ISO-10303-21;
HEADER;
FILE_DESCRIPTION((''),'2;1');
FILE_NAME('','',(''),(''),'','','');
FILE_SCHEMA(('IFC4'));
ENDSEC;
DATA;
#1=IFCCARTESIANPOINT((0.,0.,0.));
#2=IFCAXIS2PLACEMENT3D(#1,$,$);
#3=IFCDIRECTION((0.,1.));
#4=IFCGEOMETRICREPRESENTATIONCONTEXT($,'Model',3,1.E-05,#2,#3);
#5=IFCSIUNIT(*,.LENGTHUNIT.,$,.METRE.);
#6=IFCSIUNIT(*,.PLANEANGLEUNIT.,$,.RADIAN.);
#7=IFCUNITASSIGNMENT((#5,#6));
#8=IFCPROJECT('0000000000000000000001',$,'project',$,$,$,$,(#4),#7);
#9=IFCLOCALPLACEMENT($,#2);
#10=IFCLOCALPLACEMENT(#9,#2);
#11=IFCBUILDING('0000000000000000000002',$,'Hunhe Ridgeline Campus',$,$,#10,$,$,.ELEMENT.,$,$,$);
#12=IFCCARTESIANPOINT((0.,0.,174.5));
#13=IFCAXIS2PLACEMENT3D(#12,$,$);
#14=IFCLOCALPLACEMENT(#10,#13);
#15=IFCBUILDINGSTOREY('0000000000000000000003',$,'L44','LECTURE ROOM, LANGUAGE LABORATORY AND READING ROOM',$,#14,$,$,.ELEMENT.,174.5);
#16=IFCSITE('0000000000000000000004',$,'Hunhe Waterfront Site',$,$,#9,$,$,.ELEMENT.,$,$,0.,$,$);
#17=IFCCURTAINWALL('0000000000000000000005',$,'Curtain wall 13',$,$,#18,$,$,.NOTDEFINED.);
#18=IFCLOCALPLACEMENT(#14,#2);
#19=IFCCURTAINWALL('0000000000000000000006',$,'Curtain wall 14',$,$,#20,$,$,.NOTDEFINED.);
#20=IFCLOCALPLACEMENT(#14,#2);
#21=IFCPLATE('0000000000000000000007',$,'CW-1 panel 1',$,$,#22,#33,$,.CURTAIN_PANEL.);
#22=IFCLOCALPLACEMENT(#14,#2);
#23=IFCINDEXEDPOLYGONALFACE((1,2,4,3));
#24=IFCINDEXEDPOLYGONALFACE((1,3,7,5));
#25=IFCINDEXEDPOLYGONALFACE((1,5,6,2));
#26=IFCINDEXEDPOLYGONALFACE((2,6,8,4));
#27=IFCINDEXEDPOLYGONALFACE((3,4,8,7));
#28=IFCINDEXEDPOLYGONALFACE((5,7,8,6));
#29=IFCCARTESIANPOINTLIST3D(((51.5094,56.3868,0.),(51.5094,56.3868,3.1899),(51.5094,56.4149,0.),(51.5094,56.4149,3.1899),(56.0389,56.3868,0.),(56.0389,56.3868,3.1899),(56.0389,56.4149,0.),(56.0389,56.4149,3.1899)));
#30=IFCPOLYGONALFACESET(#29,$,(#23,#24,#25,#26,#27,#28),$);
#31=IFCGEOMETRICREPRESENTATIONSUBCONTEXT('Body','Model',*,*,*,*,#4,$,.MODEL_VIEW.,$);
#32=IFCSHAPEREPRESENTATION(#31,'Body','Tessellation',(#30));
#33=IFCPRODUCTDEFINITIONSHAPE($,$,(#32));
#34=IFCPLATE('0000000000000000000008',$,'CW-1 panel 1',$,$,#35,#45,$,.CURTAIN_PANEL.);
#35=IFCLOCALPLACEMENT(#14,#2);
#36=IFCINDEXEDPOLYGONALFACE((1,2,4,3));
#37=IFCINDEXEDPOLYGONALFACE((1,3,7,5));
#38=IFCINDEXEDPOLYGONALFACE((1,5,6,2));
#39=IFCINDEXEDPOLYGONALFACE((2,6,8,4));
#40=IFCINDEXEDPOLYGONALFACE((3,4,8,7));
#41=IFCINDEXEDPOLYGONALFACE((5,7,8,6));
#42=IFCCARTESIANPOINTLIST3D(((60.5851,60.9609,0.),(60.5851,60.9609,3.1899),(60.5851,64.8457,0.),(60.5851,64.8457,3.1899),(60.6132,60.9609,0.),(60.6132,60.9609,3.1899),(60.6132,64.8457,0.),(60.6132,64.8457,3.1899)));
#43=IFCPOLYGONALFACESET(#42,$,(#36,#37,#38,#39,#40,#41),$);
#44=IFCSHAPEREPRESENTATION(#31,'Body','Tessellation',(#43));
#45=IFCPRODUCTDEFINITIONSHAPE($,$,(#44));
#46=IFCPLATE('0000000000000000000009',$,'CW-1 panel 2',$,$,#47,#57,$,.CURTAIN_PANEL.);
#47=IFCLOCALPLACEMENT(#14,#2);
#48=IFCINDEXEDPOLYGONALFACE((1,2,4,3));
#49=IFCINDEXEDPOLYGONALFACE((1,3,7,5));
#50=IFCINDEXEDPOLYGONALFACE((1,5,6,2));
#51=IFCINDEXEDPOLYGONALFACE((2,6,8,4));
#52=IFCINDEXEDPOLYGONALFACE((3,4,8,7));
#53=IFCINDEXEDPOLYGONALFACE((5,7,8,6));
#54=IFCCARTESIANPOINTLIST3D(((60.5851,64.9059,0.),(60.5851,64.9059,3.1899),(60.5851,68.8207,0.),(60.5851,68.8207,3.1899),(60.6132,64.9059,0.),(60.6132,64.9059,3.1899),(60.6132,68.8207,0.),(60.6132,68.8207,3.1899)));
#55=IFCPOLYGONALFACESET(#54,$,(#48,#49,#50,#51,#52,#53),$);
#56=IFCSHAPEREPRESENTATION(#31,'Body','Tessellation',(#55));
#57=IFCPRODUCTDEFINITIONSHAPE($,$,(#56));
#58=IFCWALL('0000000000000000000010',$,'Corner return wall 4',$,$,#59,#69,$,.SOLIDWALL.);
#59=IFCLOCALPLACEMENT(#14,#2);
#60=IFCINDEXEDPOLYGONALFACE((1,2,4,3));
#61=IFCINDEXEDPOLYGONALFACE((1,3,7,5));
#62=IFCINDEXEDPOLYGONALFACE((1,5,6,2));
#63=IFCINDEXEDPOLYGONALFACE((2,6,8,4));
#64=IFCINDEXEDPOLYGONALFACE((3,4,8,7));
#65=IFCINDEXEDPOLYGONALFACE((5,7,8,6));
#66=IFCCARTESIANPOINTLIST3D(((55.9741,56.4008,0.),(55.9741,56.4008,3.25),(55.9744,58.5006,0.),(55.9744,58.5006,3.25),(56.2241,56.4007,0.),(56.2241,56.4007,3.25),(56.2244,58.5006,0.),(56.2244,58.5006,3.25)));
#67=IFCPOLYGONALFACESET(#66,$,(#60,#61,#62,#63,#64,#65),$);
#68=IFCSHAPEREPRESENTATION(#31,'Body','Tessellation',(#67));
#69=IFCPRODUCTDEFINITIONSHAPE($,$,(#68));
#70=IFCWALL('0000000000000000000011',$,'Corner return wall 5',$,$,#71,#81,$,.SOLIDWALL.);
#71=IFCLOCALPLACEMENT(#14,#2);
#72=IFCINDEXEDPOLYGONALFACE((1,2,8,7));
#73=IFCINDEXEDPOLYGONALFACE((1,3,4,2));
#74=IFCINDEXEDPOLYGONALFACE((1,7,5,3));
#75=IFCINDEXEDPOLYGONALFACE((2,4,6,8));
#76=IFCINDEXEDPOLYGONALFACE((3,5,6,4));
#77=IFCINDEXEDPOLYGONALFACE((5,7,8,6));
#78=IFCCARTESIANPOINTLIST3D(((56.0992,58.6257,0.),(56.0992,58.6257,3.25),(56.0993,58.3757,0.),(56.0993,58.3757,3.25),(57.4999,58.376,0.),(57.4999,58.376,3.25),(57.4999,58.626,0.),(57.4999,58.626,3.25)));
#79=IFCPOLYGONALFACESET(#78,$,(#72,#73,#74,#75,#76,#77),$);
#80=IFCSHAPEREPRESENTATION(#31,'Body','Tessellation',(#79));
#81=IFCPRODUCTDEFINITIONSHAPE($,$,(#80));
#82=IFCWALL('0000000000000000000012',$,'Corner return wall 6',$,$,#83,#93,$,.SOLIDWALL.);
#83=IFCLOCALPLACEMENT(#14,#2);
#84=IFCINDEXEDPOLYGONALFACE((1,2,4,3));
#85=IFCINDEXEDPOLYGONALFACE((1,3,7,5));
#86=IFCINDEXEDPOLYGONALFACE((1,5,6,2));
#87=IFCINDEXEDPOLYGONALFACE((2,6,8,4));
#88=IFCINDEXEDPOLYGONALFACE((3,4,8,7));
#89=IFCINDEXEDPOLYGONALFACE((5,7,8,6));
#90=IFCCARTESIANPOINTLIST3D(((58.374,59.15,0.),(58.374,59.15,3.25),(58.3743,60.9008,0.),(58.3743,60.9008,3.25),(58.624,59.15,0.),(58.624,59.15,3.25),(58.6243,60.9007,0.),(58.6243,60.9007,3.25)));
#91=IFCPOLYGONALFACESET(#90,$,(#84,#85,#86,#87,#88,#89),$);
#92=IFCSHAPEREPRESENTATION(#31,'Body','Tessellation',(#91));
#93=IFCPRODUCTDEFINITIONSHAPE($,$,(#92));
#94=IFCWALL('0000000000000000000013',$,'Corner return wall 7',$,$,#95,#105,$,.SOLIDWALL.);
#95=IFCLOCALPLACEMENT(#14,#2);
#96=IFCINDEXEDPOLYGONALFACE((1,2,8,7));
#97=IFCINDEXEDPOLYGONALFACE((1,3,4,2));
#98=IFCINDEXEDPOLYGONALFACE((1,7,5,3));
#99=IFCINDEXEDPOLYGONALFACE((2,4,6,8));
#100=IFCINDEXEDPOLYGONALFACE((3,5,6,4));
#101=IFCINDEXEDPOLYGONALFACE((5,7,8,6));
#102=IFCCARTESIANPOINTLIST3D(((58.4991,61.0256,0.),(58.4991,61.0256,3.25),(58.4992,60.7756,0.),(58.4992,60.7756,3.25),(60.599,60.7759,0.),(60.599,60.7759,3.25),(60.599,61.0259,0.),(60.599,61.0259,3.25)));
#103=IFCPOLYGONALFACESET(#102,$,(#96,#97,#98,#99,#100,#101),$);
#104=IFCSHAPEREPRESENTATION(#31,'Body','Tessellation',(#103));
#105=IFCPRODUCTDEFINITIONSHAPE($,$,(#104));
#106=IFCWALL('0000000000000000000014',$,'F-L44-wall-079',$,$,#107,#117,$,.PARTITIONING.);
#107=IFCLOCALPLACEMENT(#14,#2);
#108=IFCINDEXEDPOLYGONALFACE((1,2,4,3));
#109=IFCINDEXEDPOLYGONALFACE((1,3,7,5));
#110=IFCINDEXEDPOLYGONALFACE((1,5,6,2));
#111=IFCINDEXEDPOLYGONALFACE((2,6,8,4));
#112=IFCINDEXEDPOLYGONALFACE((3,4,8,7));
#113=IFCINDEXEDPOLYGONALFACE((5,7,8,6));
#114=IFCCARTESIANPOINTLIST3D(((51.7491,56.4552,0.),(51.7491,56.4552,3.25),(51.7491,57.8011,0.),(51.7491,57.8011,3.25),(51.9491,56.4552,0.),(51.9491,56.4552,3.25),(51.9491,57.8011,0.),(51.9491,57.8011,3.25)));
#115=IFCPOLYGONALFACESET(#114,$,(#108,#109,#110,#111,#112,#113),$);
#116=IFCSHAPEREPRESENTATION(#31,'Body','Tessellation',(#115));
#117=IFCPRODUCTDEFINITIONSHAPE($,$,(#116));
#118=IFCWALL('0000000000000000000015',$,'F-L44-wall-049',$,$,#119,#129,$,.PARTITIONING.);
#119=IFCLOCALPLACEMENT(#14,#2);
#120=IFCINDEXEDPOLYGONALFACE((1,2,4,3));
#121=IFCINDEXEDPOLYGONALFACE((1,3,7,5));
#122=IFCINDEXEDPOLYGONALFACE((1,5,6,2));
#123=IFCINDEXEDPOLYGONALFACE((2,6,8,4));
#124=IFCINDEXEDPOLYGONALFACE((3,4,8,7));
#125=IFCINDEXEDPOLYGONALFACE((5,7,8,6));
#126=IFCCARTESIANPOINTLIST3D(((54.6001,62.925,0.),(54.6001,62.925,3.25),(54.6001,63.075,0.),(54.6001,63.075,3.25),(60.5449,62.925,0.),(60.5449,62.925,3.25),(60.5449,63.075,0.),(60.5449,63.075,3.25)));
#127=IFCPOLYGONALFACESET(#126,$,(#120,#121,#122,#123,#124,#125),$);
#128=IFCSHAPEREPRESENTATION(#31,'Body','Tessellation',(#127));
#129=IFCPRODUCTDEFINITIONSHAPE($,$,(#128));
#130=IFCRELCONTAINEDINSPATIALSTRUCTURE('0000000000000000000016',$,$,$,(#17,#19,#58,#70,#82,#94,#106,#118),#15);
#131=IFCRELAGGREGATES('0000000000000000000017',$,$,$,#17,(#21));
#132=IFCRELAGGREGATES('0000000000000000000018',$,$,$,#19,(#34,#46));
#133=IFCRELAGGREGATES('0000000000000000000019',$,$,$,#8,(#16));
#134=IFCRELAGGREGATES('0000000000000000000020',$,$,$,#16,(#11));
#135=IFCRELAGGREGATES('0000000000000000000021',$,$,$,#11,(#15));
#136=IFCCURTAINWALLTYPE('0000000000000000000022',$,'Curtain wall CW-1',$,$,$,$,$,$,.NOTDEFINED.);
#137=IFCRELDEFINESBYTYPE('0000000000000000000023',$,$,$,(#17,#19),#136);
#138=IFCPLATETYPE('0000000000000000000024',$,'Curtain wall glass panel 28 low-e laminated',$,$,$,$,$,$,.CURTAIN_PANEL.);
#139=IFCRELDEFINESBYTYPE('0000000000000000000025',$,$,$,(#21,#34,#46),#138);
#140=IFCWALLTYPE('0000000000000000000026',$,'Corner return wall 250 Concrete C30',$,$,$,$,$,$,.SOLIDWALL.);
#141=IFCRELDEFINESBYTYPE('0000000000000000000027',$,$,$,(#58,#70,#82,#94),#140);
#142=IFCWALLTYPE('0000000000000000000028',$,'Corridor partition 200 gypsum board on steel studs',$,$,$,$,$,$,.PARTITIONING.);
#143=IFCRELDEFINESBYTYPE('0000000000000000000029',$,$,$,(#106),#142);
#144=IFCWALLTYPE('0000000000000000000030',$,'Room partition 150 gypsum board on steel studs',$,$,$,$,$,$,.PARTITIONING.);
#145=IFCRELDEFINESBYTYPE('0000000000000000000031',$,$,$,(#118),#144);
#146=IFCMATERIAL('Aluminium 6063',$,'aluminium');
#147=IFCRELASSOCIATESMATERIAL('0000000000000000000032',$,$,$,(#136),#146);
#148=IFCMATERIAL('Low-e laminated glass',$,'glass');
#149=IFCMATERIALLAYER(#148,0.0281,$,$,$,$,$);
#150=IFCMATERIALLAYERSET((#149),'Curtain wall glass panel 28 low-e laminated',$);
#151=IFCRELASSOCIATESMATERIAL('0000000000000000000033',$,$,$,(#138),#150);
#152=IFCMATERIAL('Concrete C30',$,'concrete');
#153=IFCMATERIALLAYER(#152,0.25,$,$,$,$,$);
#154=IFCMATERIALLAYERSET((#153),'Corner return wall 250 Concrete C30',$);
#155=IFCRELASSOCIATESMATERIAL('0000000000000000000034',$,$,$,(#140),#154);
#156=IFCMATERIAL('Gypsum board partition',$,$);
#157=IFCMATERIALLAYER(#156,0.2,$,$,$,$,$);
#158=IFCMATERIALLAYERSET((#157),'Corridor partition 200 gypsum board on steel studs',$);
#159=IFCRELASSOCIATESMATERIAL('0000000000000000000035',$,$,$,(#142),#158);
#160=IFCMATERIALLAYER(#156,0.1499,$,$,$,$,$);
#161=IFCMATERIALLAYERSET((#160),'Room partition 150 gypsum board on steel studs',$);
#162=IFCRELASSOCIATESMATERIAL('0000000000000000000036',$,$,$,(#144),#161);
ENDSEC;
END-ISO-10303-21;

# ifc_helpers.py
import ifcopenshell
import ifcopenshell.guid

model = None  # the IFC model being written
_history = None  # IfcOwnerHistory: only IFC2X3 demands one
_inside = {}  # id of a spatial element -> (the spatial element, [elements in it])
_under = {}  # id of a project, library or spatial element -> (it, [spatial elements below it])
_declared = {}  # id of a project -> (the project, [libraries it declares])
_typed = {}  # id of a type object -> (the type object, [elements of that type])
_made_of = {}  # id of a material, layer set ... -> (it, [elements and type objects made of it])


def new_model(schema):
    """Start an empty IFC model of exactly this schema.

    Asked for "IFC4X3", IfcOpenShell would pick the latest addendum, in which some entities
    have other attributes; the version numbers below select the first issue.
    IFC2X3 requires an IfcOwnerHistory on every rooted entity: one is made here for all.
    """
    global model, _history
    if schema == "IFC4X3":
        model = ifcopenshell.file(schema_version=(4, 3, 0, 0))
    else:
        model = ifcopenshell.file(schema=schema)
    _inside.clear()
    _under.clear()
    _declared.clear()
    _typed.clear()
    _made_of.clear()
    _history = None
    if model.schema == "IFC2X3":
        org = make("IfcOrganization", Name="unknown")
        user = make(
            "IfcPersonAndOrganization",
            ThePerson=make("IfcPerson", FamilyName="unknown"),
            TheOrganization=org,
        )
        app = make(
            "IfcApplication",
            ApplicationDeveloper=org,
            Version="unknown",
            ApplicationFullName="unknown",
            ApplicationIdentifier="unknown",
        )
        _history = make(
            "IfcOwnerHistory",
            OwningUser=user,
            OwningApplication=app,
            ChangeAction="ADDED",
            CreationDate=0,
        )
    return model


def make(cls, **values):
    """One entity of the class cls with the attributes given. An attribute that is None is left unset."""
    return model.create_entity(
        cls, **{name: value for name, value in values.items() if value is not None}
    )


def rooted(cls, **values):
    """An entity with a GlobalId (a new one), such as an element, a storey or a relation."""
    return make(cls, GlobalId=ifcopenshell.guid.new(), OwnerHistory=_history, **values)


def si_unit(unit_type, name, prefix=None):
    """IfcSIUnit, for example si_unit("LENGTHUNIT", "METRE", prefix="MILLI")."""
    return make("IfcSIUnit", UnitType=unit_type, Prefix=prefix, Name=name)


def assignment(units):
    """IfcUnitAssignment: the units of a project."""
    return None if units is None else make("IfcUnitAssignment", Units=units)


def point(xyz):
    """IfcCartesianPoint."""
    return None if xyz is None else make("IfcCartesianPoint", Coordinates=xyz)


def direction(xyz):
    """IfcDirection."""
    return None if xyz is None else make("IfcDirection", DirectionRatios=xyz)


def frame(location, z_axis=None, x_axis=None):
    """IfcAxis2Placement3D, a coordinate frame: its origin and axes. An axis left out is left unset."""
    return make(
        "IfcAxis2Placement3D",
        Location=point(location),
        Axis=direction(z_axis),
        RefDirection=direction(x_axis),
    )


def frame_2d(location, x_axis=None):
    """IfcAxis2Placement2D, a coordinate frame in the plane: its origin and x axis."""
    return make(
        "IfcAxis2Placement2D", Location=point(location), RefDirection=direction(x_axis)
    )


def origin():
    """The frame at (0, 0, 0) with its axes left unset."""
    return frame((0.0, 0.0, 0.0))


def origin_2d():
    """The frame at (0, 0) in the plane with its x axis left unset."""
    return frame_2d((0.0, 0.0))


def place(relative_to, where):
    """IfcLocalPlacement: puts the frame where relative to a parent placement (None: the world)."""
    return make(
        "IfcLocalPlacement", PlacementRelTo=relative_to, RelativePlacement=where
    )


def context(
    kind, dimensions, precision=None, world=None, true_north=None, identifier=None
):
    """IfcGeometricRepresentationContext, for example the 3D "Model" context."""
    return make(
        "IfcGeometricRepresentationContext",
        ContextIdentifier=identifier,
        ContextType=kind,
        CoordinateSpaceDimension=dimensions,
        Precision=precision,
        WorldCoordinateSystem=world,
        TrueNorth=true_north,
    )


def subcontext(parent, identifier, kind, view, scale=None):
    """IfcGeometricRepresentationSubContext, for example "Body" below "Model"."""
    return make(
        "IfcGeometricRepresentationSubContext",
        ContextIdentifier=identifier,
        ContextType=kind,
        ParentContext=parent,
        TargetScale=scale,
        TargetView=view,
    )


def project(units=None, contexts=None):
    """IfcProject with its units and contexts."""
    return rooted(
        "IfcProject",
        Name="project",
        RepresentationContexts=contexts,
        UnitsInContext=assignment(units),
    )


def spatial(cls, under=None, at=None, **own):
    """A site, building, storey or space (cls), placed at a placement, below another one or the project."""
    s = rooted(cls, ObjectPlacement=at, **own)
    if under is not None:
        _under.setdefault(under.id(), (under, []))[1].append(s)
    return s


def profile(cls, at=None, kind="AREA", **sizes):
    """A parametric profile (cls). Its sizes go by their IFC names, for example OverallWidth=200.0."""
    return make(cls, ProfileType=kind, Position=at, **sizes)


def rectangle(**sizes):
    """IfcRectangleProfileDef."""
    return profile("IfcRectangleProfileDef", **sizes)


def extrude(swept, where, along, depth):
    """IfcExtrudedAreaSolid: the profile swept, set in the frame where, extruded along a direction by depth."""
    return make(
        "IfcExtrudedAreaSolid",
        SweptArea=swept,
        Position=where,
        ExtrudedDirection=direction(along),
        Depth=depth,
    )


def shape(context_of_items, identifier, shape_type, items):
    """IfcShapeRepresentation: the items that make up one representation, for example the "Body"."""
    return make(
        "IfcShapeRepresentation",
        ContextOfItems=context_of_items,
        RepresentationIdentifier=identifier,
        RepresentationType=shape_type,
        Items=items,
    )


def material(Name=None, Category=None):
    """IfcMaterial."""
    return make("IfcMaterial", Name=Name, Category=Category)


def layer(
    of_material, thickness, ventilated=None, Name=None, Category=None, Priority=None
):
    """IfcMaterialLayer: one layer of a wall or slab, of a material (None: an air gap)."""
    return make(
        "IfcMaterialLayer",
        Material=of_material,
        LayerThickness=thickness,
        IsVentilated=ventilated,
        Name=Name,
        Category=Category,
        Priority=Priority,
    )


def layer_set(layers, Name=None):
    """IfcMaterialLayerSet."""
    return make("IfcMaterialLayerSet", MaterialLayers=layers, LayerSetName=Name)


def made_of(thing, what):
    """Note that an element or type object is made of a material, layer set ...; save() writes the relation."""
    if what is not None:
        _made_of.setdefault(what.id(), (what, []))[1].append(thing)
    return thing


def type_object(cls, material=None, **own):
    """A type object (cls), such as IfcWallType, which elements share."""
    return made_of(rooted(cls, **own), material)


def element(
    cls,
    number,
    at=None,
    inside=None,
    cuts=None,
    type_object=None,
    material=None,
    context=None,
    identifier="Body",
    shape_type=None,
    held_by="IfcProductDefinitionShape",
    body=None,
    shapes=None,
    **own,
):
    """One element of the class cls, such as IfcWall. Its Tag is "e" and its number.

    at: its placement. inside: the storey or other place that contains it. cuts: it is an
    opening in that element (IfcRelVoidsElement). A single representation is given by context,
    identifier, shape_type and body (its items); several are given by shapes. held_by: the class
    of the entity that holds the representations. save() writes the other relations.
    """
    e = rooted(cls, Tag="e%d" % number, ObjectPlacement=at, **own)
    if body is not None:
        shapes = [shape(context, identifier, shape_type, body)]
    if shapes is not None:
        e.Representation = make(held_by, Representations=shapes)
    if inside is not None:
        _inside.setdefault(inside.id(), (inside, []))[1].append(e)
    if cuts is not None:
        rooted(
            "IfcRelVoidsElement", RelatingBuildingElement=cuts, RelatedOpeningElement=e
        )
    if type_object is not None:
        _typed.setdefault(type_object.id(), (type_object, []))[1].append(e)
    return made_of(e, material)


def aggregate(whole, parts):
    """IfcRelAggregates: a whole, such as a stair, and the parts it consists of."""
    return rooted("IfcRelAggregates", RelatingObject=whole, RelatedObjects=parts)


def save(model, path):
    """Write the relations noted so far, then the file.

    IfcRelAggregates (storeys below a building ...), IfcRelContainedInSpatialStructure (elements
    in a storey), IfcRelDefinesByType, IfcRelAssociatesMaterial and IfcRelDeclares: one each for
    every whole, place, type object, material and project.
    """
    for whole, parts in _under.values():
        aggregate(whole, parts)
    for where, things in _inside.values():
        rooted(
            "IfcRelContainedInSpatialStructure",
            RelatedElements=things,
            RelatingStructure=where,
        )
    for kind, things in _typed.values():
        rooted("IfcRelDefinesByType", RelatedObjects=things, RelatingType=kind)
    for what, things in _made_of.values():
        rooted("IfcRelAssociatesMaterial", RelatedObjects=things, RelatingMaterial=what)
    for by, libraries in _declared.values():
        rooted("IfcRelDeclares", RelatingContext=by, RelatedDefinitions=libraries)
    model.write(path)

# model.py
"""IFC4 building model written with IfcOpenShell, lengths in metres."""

from ifc_helpers import new_model, si_unit, direction, frame, frame_2d, origin, origin_2d, place, context, subcontext, project, spatial, rectangle, extrude, material, layer, layer_set, type_object, element, aggregate, save


model = new_model("IFC4")

# Units and contexts
model_context = context("Model", 3, precision=1e-05, world=origin(), true_north=direction((0.0, 1.0)))
body_context = subcontext(model_context, "Body", "Model", "MODEL_VIEW")
ifc_project = project(units=[si_unit("LENGTHUNIT", "METRE"), si_unit("PLANEANGLEUNIT", "RADIAN")], contexts=[model_context])

# Site, building, storey
site_placement = place(None, origin())
site = spatial("IfcSite", under=ifc_project, at=site_placement, Name="Hunhe Waterfront Site", CompositionType="ELEMENT", RefElevation=0.0)
building_placement = place(site_placement, origin())
building = spatial("IfcBuilding", under=site, at=building_placement, Name="Hunhe Ridgeline Campus", CompositionType="ELEMENT")
storey_placement = place(building_placement, frame((0.0, 0.0, 174.5)))
storey = spatial("IfcBuildingStorey", under=building, at=storey_placement, Name="L44", Description="LECTURE ROOM, LANGUAGE LABORATORY AND READING ROOM", CompositionType="ELEMENT", Elevation=174.5)

# Curtain wall
ifc_material_1 = material(Name="Aluminium 6063", Category="aluminium")
curtain_wall_type = type_object("IfcCurtainWallType", Name="Curtain wall CW-1", PredefinedType="NOTDEFINED", material=ifc_material_1)
curtain_wall_1_placement = place(storey_placement, origin())
curtain_wall_1 = element("IfcCurtainWall", 1, at=curtain_wall_1_placement, inside=storey, type_object=curtain_wall_type, Name="Curtain wall 13", PredefinedType="NOTDEFINED")

# Curtain wall
curtain_wall_2_placement = place(storey_placement, origin())
curtain_wall_2 = element("IfcCurtainWall", 2, at=curtain_wall_2_placement, inside=storey, type_object=curtain_wall_type, Name="Curtain wall 14", PredefinedType="NOTDEFINED")

# Plates
ifc_material_2 = material(Name="Low-e laminated glass", Category="glass")
ifc_layer_1 = layer(ifc_material_2, 0.0281)
ifc_layer_set_1 = layer_set([ifc_layer_1], Name="Curtain wall glass panel 28 low-e laminated")
plate_type = type_object("IfcPlateType", Name="Curtain wall glass panel 28 low-e laminated", PredefinedType="CURTAIN_PANEL", material=ifc_layer_set_1)
plate_1_placement = place(storey_placement, frame((53.7742, 56.4009, 0.0), z_axis=(0.0, 0.0, 1.0), x_axis=(1.0, 0.000002, 0.0)))
plate_1 = element("IfcPlate", 3, at=plate_1_placement, type_object=plate_type, Name="CW-1 panel 1", PredefinedType="CURTAIN_PANEL", context=body_context, shape_type="SweptSolid", body=[
    extrude(rectangle(XDim=4.5295, YDim=0.0281, at=origin_2d()), origin(), (0.0, 0.0, 1.0), 3.1899),
])
aggregate(curtain_wall_1, [plate_1])
plate_2_placement = place(storey_placement, frame((60.5991, 62.9033, 0.0), z_axis=(0.0, 0.0, 1.0), x_axis=(0.0, 1.0, 0.0)))
plate_2 = element("IfcPlate", 4, at=plate_2_placement, type_object=plate_type, Name="CW-1 panel 1", PredefinedType="CURTAIN_PANEL", context=body_context, shape_type="SweptSolid", body=[
    extrude(rectangle(XDim=3.8848, YDim=0.0281, at=origin_2d()), origin(), (0.0, 0.0, 1.0), 3.1899),
])
plate_3_placement = place(storey_placement, frame((60.5991, 66.8633, 0.0), z_axis=(0.0, 0.0, 1.0), x_axis=(0.0, 1.0, 0.0)))
plate_3 = element("IfcPlate", 5, at=plate_3_placement, type_object=plate_type, Name="CW-1 panel 2", PredefinedType="CURTAIN_PANEL", context=body_context, shape_type="SweptSolid", body=[
    extrude(rectangle(XDim=3.9148, YDim=0.0281, at=origin_2d()), origin(), (0.0, 0.0, 1.0), 3.1899),
])
aggregate(curtain_wall_2, [plate_2, plate_3])

# Walls
ifc_material_3 = material(Name="Concrete C30", Category="concrete")
ifc_layer_2 = layer(ifc_material_3, 0.25)
ifc_layer_set_2 = layer_set([ifc_layer_2], Name="Corner return wall 250 Concrete C30")
wall_type_1 = type_object("IfcWallType", Name="Corner return wall 250 Concrete C30", PredefinedType="SOLIDWALL", material=ifc_layer_set_2)
wall_1_placement = place(storey_placement, frame((56.0991, 56.4009, 0.0), z_axis=(0.0, 0.0, 1.0), x_axis=(0.000116, 1.0, 0.0)))
element("IfcWall", 6, at=wall_1_placement, inside=storey, type_object=wall_type_1, Name="Corner return wall 4", PredefinedType="SOLIDWALL", context=body_context, shape_type="SweptSolid", body=[
    extrude(rectangle(XDim=2.0999, YDim=0.25, at=frame_2d((1.0498, 0.0))), origin(), (0.0, 0.0, 1.0), 3.25),
])
wall_2_placement = place(storey_placement, frame((56.0994, 58.5007, 0.0), z_axis=(0.0, 0.0, 1.0), x_axis=(1.0, 0.000174, 0.0)))
element("IfcWall", 7, at=wall_2_placement, inside=storey, type_object=wall_type_1, Name="Corner return wall 5", PredefinedType="SOLIDWALL", context=body_context, shape_type="SweptSolid", body=[
    extrude(rectangle(XDim=1.4006, YDim=0.25, at=frame_2d((0.7002, 0.0))), origin(), (0.0, 0.0, 1.0), 3.25),
])
wall_3_placement = place(storey_placement, frame((58.499, 59.1499, 0.0), z_axis=(0.0, 0.0, 1.0), x_axis=(0.000139, 1.0, 0.0)))
element("IfcWall", 8, at=wall_3_placement, inside=storey, type_object=wall_type_1, Name="Corner return wall 6", PredefinedType="SOLIDWALL", context=body_context, shape_type="SweptSolid", body=[
    extrude(rectangle(XDim=1.7507, YDim=0.25, at=frame_2d((0.8755, 0.0))), origin(), (0.0, 0.0, 1.0), 3.25),
])
wall_4_placement = place(storey_placement, frame((58.4993, 60.9006, 0.0), z_axis=(0.0, 0.0, 1.0), x_axis=(1.0, 0.000116, 0.0)))
element("IfcWall", 9, at=wall_4_placement, inside=storey, type_object=wall_type_1, Name="Corner return wall 7", PredefinedType="SOLIDWALL", context=body_context, shape_type="SweptSolid", body=[
    extrude(rectangle(XDim=2.0999, YDim=0.25, at=frame_2d((1.0498, 0.0))), origin(), (0.0, 0.0, 1.0), 3.25),
])
ifc_material_4 = material(Name="Gypsum board partition")
ifc_layer_3 = layer(ifc_material_4, 0.2)
ifc_layer_set_3 = layer_set([ifc_layer_3], Name="Corridor partition 200 gypsum board on steel studs")
wall_type_2 = type_object("IfcWallType", Name="Corridor partition 200 gypsum board on steel studs", PredefinedType="PARTITIONING", material=ifc_layer_set_3)
wall_5_placement = place(storey_placement, frame((51.8491, 57.801, 0.0), z_axis=(0.0, 0.0, 1.0), x_axis=(0.0, -1.0, 0.0)))
element("IfcWall", 10, at=wall_5_placement, inside=storey, type_object=wall_type_2, Name="F-L44-wall-079", PredefinedType="PARTITIONING", context=body_context, shape_type="SweptSolid", body=[
    extrude(rectangle(XDim=1.3459, YDim=0.2, at=frame_2d((0.6729, 0.0))), origin(), (0.0, 0.0, 1.0), 3.25),
])
ifc_layer_4 = layer(ifc_material_4, 0.1499)
ifc_layer_set_4 = layer_set([ifc_layer_4], Name="Room partition 150 gypsum board on steel studs")
wall_type_3 = type_object("IfcWallType", Name="Room partition 150 gypsum board on steel studs", PredefinedType="PARTITIONING", material=ifc_layer_set_4)
wall_6_placement = place(storey_placement, frame((54.6001, 63.0, 0.0), z_axis=(0.0, 0.0, 1.0), x_axis=(1.0, 0.0, 0.0)))
element("IfcWall", 11, at=wall_6_placement, inside=storey, type_object=wall_type_3, Name="F-L44-wall-049", PredefinedType="PARTITIONING", context=body_context, shape_type="SweptSolid", body=[
    extrude(rectangle(XDim=5.9448, YDim=0.1499, at=frame_2d((2.9724, 0.0))), origin(), (0.0, 0.0, 1.0), 3.25),
])

save(model, "model.ifc")
